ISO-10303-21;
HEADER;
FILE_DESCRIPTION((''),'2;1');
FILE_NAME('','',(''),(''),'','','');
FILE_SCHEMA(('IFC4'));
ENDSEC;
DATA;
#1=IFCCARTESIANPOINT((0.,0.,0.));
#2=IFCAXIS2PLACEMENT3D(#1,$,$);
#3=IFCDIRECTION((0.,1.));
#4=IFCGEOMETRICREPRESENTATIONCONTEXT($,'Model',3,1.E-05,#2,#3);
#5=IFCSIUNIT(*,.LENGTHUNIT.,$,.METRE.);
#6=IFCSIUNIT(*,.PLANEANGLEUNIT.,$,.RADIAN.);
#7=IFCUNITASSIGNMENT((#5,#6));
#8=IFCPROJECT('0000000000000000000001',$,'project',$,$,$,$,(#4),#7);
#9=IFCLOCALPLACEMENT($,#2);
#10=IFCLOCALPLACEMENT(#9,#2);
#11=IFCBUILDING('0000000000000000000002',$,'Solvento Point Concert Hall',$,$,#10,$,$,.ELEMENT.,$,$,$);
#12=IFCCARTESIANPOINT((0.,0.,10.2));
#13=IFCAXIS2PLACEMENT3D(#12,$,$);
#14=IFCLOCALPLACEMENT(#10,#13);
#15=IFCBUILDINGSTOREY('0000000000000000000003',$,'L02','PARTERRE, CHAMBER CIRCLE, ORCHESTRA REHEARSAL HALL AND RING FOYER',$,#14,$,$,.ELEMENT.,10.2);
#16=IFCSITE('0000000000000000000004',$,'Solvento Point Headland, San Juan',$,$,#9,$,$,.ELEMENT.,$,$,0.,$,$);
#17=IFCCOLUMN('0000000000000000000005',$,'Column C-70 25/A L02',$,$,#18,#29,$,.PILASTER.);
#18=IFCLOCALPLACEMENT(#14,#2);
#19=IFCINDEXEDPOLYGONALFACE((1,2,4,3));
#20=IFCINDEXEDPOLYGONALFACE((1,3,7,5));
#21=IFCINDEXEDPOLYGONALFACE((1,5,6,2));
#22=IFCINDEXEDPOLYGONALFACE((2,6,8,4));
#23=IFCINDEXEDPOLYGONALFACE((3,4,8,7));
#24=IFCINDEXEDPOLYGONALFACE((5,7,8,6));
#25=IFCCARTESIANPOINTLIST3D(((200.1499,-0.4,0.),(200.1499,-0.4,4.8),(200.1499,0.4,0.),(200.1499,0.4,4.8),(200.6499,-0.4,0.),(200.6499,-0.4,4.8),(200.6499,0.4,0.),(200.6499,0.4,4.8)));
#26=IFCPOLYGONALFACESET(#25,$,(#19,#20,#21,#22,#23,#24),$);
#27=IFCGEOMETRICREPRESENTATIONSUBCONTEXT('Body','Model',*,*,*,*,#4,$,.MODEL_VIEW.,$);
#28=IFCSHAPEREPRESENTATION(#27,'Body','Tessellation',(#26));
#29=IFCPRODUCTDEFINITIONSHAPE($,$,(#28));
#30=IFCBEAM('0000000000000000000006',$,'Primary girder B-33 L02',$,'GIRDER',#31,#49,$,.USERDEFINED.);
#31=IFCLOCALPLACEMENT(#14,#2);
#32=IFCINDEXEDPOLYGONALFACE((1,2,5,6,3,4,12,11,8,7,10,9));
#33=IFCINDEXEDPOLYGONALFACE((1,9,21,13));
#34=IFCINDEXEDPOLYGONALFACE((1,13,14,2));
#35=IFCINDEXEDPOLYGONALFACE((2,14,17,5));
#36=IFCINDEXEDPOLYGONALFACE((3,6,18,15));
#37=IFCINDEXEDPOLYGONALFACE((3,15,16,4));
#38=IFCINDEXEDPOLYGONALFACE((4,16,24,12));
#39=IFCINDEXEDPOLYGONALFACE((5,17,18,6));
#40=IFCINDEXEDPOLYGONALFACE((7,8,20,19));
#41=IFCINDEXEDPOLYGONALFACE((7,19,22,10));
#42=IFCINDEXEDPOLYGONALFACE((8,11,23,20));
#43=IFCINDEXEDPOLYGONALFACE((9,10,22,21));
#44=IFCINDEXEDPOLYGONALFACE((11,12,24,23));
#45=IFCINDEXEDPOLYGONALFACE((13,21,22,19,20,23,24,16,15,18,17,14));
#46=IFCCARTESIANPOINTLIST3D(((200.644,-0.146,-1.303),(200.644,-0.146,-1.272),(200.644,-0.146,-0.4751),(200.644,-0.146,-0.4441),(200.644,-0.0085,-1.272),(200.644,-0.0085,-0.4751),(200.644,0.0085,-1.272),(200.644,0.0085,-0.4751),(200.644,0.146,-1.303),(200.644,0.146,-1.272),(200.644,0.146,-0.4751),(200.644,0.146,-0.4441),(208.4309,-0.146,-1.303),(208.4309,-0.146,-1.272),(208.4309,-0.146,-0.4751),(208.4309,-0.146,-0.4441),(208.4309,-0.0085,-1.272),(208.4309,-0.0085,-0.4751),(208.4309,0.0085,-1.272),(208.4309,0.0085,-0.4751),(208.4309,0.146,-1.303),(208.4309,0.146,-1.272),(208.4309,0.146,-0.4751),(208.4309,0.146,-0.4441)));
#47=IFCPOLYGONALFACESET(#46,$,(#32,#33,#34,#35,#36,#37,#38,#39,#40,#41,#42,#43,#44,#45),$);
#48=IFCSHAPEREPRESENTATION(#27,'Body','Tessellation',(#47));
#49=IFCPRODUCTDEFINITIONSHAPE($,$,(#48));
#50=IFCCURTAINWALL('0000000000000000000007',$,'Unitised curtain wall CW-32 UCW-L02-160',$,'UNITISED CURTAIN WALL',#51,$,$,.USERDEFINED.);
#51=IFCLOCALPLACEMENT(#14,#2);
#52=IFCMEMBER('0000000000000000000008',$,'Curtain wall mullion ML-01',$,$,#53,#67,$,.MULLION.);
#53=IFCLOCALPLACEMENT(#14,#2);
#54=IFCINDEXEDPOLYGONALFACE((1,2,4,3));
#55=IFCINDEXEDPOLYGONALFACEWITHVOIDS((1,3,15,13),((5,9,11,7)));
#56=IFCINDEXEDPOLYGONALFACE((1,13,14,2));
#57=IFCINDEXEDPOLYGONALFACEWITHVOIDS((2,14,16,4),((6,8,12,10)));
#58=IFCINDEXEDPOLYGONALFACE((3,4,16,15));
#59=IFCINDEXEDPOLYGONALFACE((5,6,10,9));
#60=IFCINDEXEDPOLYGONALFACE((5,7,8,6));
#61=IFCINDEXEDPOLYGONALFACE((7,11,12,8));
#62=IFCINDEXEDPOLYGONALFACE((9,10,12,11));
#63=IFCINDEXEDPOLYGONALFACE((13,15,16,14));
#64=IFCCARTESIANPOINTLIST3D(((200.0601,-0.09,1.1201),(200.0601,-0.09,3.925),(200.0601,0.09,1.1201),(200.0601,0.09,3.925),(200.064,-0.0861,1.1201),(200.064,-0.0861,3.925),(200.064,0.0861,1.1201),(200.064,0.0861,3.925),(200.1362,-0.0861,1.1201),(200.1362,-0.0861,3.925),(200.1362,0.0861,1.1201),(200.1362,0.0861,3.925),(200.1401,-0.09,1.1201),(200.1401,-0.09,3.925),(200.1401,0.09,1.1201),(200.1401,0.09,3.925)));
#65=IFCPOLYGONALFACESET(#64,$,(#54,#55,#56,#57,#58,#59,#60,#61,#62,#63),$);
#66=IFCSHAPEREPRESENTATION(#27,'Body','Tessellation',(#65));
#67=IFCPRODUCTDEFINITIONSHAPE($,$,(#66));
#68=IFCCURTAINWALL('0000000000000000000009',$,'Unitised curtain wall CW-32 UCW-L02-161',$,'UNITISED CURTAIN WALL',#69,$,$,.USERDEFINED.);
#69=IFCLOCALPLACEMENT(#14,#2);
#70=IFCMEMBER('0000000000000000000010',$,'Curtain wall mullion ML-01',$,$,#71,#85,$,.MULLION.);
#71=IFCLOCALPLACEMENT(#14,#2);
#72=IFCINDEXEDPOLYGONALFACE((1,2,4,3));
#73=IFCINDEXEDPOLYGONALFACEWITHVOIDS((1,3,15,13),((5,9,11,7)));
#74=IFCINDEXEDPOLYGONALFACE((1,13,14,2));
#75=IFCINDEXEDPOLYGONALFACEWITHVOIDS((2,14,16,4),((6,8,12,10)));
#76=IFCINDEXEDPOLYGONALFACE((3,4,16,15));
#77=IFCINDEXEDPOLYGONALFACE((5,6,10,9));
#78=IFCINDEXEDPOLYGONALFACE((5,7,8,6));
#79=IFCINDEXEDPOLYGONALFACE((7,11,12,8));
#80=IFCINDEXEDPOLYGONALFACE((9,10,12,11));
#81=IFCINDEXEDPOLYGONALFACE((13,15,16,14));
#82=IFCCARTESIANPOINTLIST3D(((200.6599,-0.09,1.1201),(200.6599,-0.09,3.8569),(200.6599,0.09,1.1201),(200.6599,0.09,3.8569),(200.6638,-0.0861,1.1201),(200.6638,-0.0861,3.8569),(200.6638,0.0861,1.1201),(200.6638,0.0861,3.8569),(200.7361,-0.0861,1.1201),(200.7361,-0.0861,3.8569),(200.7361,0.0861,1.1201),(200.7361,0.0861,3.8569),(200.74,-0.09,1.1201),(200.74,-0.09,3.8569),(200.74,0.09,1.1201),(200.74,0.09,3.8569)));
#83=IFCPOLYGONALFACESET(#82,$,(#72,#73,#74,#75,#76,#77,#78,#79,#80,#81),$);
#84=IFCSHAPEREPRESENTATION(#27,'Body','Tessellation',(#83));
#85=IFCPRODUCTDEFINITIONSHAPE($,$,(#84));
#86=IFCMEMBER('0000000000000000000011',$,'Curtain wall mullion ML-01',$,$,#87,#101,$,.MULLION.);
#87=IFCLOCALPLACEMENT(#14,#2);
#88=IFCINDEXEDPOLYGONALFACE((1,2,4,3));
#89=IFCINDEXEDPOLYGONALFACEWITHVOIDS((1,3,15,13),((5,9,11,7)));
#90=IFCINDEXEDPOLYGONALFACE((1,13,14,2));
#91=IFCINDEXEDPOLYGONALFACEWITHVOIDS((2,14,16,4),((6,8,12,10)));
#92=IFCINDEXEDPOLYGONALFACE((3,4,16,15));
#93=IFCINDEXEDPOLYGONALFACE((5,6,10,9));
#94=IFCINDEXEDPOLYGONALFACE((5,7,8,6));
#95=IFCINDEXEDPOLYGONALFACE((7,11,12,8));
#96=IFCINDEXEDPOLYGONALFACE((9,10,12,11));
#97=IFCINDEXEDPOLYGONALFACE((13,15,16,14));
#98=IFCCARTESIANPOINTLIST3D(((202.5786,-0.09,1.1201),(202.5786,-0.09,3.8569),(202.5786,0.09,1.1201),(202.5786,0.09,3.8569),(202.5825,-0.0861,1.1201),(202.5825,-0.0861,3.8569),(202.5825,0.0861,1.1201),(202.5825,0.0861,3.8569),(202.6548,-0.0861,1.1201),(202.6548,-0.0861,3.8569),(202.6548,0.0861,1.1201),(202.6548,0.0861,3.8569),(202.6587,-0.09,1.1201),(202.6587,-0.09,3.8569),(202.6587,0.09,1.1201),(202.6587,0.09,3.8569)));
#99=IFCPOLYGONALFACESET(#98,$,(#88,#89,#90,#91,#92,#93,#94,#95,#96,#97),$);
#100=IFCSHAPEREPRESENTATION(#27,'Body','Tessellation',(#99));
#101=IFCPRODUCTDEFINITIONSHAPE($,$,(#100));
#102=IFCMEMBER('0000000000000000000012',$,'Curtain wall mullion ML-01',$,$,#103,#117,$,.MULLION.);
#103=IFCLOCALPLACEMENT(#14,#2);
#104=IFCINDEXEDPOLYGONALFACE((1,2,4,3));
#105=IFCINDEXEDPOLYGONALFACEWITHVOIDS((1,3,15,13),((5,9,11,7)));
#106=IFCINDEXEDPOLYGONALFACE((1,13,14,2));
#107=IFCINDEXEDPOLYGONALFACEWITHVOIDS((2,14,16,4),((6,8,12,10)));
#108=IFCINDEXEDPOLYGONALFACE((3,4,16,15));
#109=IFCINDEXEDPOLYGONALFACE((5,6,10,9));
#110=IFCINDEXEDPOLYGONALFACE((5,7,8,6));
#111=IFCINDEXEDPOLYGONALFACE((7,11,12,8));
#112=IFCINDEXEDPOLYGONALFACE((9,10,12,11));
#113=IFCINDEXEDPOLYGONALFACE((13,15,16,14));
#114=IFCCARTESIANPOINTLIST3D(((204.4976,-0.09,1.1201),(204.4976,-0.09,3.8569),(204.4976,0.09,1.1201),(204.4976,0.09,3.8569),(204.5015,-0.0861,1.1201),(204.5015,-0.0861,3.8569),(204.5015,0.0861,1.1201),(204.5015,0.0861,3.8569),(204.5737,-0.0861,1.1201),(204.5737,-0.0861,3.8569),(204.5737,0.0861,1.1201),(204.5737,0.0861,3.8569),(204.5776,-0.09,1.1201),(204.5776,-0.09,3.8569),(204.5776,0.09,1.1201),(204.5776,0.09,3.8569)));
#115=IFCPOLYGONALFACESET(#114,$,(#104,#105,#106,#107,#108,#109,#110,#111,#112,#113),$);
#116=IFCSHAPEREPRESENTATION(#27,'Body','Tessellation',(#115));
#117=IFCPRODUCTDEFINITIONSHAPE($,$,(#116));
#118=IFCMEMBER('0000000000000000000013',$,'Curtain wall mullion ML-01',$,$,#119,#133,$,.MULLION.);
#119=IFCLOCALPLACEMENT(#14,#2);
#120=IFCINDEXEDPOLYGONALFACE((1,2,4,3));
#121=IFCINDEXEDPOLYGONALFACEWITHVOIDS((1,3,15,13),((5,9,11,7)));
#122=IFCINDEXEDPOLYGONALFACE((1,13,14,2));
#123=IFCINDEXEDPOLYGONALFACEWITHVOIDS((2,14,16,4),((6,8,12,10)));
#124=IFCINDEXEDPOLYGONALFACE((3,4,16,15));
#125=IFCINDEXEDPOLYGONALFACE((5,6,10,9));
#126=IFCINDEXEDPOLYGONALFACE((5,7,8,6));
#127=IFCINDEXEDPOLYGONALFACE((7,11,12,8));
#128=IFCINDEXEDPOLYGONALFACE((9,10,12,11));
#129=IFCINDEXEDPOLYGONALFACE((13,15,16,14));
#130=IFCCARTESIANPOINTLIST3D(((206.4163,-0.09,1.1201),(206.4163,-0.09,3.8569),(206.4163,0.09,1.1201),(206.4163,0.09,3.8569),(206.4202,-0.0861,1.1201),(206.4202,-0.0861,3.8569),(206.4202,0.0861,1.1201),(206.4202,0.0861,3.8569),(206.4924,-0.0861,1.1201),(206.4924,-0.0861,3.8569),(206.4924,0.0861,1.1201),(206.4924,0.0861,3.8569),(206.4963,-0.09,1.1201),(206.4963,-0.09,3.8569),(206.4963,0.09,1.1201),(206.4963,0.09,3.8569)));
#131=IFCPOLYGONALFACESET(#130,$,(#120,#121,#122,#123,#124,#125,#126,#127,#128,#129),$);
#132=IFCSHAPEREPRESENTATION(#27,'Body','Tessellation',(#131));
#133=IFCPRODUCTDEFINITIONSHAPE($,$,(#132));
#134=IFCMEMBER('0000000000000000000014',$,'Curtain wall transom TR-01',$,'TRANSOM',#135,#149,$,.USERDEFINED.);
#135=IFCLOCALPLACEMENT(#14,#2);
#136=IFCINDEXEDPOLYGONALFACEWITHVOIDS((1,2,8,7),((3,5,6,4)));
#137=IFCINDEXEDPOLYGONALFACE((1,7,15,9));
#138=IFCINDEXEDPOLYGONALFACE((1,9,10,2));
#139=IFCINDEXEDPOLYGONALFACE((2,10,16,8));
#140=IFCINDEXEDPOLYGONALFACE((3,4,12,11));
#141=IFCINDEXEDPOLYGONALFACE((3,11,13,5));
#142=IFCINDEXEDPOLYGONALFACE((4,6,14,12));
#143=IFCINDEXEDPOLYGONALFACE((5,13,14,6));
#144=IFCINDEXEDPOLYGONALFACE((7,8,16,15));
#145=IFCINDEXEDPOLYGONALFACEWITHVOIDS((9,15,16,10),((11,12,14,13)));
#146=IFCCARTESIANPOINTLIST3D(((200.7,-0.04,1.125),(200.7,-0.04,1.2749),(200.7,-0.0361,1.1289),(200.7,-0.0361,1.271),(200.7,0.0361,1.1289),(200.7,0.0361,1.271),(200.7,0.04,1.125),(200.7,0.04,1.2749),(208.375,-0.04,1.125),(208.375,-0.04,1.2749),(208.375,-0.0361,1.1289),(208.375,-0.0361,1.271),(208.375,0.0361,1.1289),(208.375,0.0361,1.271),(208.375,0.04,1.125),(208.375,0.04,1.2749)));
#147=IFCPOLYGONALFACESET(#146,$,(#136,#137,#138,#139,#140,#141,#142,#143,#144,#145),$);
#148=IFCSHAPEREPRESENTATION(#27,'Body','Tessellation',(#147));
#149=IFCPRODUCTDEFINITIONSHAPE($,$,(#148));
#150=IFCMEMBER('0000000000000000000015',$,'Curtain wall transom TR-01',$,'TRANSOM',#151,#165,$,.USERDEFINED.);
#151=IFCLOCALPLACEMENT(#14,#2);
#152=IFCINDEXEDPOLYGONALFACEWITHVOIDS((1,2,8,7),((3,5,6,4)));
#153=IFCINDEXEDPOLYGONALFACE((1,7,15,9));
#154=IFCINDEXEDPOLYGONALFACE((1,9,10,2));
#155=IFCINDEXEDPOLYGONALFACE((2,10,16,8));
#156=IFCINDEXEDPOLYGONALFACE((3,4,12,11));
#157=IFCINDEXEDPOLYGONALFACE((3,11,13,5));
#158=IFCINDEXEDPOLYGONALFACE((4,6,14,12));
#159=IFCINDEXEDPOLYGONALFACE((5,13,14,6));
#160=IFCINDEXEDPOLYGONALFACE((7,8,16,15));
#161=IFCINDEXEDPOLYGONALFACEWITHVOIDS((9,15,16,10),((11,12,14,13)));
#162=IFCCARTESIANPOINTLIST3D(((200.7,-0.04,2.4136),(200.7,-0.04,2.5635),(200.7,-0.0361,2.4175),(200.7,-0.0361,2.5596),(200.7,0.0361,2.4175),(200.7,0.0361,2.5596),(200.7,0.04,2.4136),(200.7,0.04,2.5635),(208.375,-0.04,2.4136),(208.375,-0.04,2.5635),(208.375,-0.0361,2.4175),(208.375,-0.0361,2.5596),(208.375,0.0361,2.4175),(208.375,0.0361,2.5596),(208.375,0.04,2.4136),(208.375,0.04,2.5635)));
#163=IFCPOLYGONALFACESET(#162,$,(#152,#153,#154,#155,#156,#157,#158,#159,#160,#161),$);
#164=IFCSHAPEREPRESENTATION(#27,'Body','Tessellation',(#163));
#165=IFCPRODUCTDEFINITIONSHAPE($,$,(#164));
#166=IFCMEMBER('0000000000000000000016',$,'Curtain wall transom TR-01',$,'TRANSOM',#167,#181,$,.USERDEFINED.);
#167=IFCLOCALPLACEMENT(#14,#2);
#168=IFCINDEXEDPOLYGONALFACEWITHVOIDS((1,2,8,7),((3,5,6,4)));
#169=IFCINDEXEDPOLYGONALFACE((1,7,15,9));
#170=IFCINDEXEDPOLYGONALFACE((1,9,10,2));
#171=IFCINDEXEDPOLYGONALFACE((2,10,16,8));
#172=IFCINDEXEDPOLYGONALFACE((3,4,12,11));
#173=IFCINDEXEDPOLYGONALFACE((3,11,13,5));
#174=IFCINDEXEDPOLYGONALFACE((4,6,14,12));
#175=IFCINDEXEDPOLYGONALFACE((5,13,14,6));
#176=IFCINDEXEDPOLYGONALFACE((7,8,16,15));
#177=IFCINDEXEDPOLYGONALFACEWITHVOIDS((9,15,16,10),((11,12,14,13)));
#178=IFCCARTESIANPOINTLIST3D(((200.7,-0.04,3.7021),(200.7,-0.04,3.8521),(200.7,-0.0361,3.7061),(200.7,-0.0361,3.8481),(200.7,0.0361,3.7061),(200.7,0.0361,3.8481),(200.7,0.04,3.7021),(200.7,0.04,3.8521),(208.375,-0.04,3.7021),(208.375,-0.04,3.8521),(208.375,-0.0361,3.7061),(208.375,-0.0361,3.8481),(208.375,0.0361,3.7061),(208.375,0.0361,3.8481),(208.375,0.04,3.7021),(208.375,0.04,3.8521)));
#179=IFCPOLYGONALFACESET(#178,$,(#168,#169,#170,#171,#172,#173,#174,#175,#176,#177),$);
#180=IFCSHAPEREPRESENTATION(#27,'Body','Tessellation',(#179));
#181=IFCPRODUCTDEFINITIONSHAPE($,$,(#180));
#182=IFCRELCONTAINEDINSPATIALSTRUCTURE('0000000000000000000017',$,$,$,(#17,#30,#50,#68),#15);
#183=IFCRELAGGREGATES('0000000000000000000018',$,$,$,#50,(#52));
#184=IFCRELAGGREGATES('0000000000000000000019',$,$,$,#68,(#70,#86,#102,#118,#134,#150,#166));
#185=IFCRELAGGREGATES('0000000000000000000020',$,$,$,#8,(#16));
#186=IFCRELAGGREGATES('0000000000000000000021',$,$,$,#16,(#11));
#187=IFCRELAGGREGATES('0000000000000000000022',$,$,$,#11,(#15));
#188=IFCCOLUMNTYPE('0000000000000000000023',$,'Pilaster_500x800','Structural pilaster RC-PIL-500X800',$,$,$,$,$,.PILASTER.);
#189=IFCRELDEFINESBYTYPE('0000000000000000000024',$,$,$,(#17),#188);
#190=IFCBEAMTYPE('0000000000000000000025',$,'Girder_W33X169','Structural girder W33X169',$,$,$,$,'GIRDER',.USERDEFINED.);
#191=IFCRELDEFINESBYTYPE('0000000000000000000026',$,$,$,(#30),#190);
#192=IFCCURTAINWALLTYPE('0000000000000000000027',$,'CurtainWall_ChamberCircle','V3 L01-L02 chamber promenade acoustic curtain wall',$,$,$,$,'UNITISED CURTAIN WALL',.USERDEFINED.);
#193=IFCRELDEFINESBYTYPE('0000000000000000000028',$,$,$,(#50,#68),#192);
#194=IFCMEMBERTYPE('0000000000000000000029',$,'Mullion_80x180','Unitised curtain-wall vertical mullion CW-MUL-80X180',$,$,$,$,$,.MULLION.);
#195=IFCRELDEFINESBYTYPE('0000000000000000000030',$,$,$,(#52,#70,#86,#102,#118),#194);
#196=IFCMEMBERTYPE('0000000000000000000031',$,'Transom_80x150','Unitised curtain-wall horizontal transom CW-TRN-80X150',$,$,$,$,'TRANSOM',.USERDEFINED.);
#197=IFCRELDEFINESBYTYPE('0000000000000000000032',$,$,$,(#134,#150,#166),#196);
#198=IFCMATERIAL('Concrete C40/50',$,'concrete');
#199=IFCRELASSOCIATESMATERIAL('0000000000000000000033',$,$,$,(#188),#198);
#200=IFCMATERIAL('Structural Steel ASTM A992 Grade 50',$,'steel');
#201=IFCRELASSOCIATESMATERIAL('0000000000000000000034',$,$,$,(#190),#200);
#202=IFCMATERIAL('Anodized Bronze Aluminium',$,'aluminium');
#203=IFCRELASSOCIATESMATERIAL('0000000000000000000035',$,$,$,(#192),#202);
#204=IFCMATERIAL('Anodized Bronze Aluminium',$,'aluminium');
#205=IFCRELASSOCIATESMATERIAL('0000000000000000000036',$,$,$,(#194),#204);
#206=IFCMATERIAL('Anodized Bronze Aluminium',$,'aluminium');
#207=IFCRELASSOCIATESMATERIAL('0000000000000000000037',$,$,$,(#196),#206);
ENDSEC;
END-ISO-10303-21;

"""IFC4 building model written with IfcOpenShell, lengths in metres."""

from ifc_helpers import new_model, si_unit, direction, frame, origin, origin_2d, place, context, subcontext, project, spatial, rectangle, hollow_rectangle, i_section, extrude, material, material_profile, profile_set, type_object, element, aggregate, save


model = new_model("IFC4")

# Units and contexts
model_context = context("Model", 3, precision=1e-05, world=origin(), true_north=direction((0.0, 1.0)))
body_context = subcontext(model_context, "Body", "Model", "MODEL_VIEW")
ifc_project = project(units=[si_unit("LENGTHUNIT", "METRE"), si_unit("PLANEANGLEUNIT", "RADIAN")], contexts=[model_context])

# Site, building, storey
site_placement = place(None, origin())
site = spatial("IfcSite", under=ifc_project, at=site_placement, Name="Solvento Point Headland, San Juan", CompositionType="ELEMENT", RefElevation=0.0)
building_placement = place(site_placement, origin())
building = spatial("IfcBuilding", under=site, at=building_placement, Name="Solvento Point Concert Hall", CompositionType="ELEMENT")
storey_placement = place(building_placement, frame((0.0, 0.0, 10.2)))
storey = spatial("IfcBuildingStorey", under=building, at=storey_placement, Name="L02", Description="PARTERRE, CHAMBER CIRCLE, ORCHESTRA REHEARSAL HALL AND RING FOYER", CompositionType="ELEMENT", Elevation=10.2)

# Column
ifc_material_1 = material(Name="Concrete C40/50", Category="concrete")
ifc_material_profile_1 = material_profile(ifc_material_1, rectangle(XDim=0.5, YDim=0.8, at=origin_2d()), Name="RC-PIL-500X800")
ifc_profile_set_1 = profile_set([ifc_material_profile_1], Name="Concrete C40/50")
column_type = type_object("IfcColumnType", Name="Pilaster_500x800", Description="Structural pilaster RC-PIL-500X800", PredefinedType="PILASTER", material=ifc_profile_set_1)
column_placement = place(storey_placement, frame((200.3999, 0.0, 0.0), z_axis=(0.0, 0.0, 1.0), x_axis=(1.0, 0.0, 0.0)))
element("IfcColumn", 1, at=column_placement, inside=storey, type_object=column_type, Name="Column C-70 25/A L02", PredefinedType="PILASTER", context=body_context, shape_type="SweptSolid", body=[
    extrude(rectangle(XDim=0.5, YDim=0.8, at=origin_2d()), origin(), (0.0, 0.0, 1.0), 4.8),
])

# Beam
ifc_material_2 = material(Name="Structural Steel ASTM A992 Grade 50", Category="steel")
ifc_material_profile_2 = material_profile(ifc_material_2, i_section(OverallWidth=0.292, OverallDepth=0.8589, WebThickness=0.0171, FlangeThickness=0.031, at=origin_2d()), Name="W33X169")
ifc_profile_set_2 = profile_set([ifc_material_profile_2], Name="Structural Steel ASTM A992 Grade 50")
beam_type = type_object("IfcBeamType", Name="Girder_W33X169", Description="Structural girder W33X169", ElementType="GIRDER", PredefinedType="USERDEFINED", material=ifc_profile_set_2)
beam_placement = place(storey_placement, frame((200.644, 0.0, -0.8735), z_axis=(1.0, 0.0, 0.0), x_axis=(0.0, 1.0, 0.0)))
element("IfcBeam", 2, at=beam_placement, inside=storey, type_object=beam_type, Name="Primary girder B-33 L02", ObjectType="GIRDER", PredefinedType="USERDEFINED", context=body_context, shape_type="SweptSolid", body=[
    extrude(i_section(OverallWidth=0.292, OverallDepth=0.8589, WebThickness=0.0171, FlangeThickness=0.031, at=origin_2d()), origin(), (0.0, 0.0, 1.0), 7.7869),
])

# Curtain wall, member
ifc_material_3 = material(Name="Anodized Bronze Aluminium", Category="aluminium")
curtain_wall_type = type_object("IfcCurtainWallType", Name="CurtainWall_ChamberCircle", Description="V3 L01-L02 chamber promenade acoustic curtain wall", ElementType="UNITISED CURTAIN WALL", PredefinedType="USERDEFINED", material=ifc_material_3)
curtain_wall_1_placement = place(storey_placement, origin())
curtain_wall_1 = element("IfcCurtainWall", 3, at=curtain_wall_1_placement, inside=storey, type_object=curtain_wall_type, Name="Unitised curtain wall CW-32 UCW-L02-160", ObjectType="UNITISED CURTAIN WALL", PredefinedType="USERDEFINED")
ifc_material_4 = material(Name="Anodized Bronze Aluminium", Category="aluminium")
ifc_material_profile_3 = material_profile(ifc_material_4, hollow_rectangle(XDim=0.0801, YDim=0.1799, WallThickness=0.0039, at=origin_2d()), Name="CW-MUL-80X180")
ifc_profile_set_3 = profile_set([ifc_material_profile_3], Name="Anodized Bronze Aluminium")
member_type_1 = type_object("IfcMemberType", Name="Mullion_80x180", Description="Unitised curtain-wall vertical mullion CW-MUL-80X180", PredefinedType="MULLION", material=ifc_profile_set_3)
member_1_placement = place(storey_placement, frame((200.1001, 0.0, 1.1201), z_axis=(0.0, 0.0, 1.0), x_axis=(1.0, 0.0, 0.0)))
member_1 = element("IfcMember", 4, at=member_1_placement, type_object=member_type_1, Name="Curtain wall mullion ML-01", PredefinedType="MULLION", context=body_context, shape_type="SweptSolid", body=[
    extrude(hollow_rectangle(XDim=0.0801, YDim=0.1799, WallThickness=0.0039, at=origin_2d()), origin(), (0.0, 0.0, 1.0), 2.8049),
])
aggregate(curtain_wall_1, [member_1])

# Curtain wall, members
curtain_wall_2_placement = place(storey_placement, origin())
curtain_wall_2 = element("IfcCurtainWall", 5, at=curtain_wall_2_placement, inside=storey, type_object=curtain_wall_type, Name="Unitised curtain wall CW-32 UCW-L02-161", ObjectType="UNITISED CURTAIN WALL", PredefinedType="USERDEFINED")
member_2_placement = place(storey_placement, frame((200.7, 0.0, 1.1201), z_axis=(0.0, 0.0, 1.0), x_axis=(1.0, 0.0, 0.0)))
member_2 = element("IfcMember", 6, at=member_2_placement, type_object=member_type_1, Name="Curtain wall mullion ML-01", PredefinedType="MULLION", context=body_context, shape_type="SweptSolid", body=[
    extrude(hollow_rectangle(XDim=0.0801, YDim=0.1799, WallThickness=0.0039, at=origin_2d()), origin(), (0.0, 0.0, 1.0), 2.7368),
])
member_3_placement = place(storey_placement, frame((202.6187, 0.0, 1.1201), z_axis=(0.0, 0.0, 1.0), x_axis=(1.0, 0.0, 0.0)))
member_3 = element("IfcMember", 7, at=member_3_placement, type_object=member_type_1, Name="Curtain wall mullion ML-01", PredefinedType="MULLION", context=body_context, shape_type="SweptSolid", body=[
    extrude(hollow_rectangle(XDim=0.0801, YDim=0.1799, WallThickness=0.0039, at=origin_2d()), origin(), (0.0, 0.0, 1.0), 2.7368),
])
member_4_placement = place(storey_placement, frame((204.5376, 0.0, 1.1201), z_axis=(0.0, 0.0, 1.0), x_axis=(1.0, 0.0, 0.0)))
member_4 = element("IfcMember", 8, at=member_4_placement, type_object=member_type_1, Name="Curtain wall mullion ML-01", PredefinedType="MULLION", context=body_context, shape_type="SweptSolid", body=[
    extrude(hollow_rectangle(XDim=0.0801, YDim=0.1799, WallThickness=0.0039, at=origin_2d()), origin(), (0.0, 0.0, 1.0), 2.7368),
])
member_5_placement = place(storey_placement, frame((206.4563, 0.0, 1.1201), z_axis=(0.0, 0.0, 1.0), x_axis=(1.0, 0.0, 0.0)))
member_5 = element("IfcMember", 9, at=member_5_placement, type_object=member_type_1, Name="Curtain wall mullion ML-01", PredefinedType="MULLION", context=body_context, shape_type="SweptSolid", body=[
    extrude(hollow_rectangle(XDim=0.0801, YDim=0.1799, WallThickness=0.0039, at=origin_2d()), origin(), (0.0, 0.0, 1.0), 2.7368),
])
ifc_material_5 = material(Name="Anodized Bronze Aluminium", Category="aluminium")
ifc_material_profile_4 = material_profile(ifc_material_5, hollow_rectangle(XDim=0.0801, YDim=0.1499, WallThickness=0.0039, at=origin_2d()), Name="CW-TRN-80X150")
ifc_profile_set_4 = profile_set([ifc_material_profile_4], Name="Anodized Bronze Aluminium")
member_type_2 = type_object("IfcMemberType", Name="Transom_80x150", Description="Unitised curtain-wall horizontal transom CW-TRN-80X150", ElementType="TRANSOM", PredefinedType="USERDEFINED", material=ifc_profile_set_4)
member_6_placement = place(storey_placement, frame((200.7, 0.0, 1.2), z_axis=(1.0, 0.0, 0.0), x_axis=(0.0, 1.0, 0.0)))
member_6 = element("IfcMember", 10, at=member_6_placement, type_object=member_type_2, Name="Curtain wall transom TR-01", ObjectType="TRANSOM", PredefinedType="USERDEFINED", context=body_context, shape_type="SweptSolid", body=[
    extrude(hollow_rectangle(XDim=0.0801, YDim=0.1499, WallThickness=0.0039, at=origin_2d()), origin(), (0.0, 0.0, 1.0), 7.675),
])
member_7_placement = place(storey_placement, frame((200.7, 0.0, 2.4885), z_axis=(1.0, 0.0, 0.0), x_axis=(0.0, 1.0, 0.0)))
member_7 = element("IfcMember", 11, at=member_7_placement, type_object=member_type_2, Name="Curtain wall transom TR-01", ObjectType="TRANSOM", PredefinedType="USERDEFINED", context=body_context, shape_type="SweptSolid", body=[
    extrude(hollow_rectangle(XDim=0.0801, YDim=0.1499, WallThickness=0.0039, at=origin_2d()), origin(), (0.0, 0.0, 1.0), 7.675),
])
member_8_placement = place(storey_placement, frame((200.7, 0.0, 3.7771), z_axis=(1.0, 0.0, 0.0), x_axis=(0.0, 1.0, 0.0)))
member_8 = element("IfcMember", 12, at=member_8_placement, type_object=member_type_2, Name="Curtain wall transom TR-01", ObjectType="TRANSOM", PredefinedType="USERDEFINED", context=body_context, shape_type="SweptSolid", body=[
    extrude(hollow_rectangle(XDim=0.0801, YDim=0.1499, WallThickness=0.0039, at=origin_2d()), origin(), (0.0, 0.0, 1.0), 7.675),
])
aggregate(curtain_wall_2, [member_2, member_3, member_4, member_5, member_6, member_7, member_8])

save(model, "model.ifc")
